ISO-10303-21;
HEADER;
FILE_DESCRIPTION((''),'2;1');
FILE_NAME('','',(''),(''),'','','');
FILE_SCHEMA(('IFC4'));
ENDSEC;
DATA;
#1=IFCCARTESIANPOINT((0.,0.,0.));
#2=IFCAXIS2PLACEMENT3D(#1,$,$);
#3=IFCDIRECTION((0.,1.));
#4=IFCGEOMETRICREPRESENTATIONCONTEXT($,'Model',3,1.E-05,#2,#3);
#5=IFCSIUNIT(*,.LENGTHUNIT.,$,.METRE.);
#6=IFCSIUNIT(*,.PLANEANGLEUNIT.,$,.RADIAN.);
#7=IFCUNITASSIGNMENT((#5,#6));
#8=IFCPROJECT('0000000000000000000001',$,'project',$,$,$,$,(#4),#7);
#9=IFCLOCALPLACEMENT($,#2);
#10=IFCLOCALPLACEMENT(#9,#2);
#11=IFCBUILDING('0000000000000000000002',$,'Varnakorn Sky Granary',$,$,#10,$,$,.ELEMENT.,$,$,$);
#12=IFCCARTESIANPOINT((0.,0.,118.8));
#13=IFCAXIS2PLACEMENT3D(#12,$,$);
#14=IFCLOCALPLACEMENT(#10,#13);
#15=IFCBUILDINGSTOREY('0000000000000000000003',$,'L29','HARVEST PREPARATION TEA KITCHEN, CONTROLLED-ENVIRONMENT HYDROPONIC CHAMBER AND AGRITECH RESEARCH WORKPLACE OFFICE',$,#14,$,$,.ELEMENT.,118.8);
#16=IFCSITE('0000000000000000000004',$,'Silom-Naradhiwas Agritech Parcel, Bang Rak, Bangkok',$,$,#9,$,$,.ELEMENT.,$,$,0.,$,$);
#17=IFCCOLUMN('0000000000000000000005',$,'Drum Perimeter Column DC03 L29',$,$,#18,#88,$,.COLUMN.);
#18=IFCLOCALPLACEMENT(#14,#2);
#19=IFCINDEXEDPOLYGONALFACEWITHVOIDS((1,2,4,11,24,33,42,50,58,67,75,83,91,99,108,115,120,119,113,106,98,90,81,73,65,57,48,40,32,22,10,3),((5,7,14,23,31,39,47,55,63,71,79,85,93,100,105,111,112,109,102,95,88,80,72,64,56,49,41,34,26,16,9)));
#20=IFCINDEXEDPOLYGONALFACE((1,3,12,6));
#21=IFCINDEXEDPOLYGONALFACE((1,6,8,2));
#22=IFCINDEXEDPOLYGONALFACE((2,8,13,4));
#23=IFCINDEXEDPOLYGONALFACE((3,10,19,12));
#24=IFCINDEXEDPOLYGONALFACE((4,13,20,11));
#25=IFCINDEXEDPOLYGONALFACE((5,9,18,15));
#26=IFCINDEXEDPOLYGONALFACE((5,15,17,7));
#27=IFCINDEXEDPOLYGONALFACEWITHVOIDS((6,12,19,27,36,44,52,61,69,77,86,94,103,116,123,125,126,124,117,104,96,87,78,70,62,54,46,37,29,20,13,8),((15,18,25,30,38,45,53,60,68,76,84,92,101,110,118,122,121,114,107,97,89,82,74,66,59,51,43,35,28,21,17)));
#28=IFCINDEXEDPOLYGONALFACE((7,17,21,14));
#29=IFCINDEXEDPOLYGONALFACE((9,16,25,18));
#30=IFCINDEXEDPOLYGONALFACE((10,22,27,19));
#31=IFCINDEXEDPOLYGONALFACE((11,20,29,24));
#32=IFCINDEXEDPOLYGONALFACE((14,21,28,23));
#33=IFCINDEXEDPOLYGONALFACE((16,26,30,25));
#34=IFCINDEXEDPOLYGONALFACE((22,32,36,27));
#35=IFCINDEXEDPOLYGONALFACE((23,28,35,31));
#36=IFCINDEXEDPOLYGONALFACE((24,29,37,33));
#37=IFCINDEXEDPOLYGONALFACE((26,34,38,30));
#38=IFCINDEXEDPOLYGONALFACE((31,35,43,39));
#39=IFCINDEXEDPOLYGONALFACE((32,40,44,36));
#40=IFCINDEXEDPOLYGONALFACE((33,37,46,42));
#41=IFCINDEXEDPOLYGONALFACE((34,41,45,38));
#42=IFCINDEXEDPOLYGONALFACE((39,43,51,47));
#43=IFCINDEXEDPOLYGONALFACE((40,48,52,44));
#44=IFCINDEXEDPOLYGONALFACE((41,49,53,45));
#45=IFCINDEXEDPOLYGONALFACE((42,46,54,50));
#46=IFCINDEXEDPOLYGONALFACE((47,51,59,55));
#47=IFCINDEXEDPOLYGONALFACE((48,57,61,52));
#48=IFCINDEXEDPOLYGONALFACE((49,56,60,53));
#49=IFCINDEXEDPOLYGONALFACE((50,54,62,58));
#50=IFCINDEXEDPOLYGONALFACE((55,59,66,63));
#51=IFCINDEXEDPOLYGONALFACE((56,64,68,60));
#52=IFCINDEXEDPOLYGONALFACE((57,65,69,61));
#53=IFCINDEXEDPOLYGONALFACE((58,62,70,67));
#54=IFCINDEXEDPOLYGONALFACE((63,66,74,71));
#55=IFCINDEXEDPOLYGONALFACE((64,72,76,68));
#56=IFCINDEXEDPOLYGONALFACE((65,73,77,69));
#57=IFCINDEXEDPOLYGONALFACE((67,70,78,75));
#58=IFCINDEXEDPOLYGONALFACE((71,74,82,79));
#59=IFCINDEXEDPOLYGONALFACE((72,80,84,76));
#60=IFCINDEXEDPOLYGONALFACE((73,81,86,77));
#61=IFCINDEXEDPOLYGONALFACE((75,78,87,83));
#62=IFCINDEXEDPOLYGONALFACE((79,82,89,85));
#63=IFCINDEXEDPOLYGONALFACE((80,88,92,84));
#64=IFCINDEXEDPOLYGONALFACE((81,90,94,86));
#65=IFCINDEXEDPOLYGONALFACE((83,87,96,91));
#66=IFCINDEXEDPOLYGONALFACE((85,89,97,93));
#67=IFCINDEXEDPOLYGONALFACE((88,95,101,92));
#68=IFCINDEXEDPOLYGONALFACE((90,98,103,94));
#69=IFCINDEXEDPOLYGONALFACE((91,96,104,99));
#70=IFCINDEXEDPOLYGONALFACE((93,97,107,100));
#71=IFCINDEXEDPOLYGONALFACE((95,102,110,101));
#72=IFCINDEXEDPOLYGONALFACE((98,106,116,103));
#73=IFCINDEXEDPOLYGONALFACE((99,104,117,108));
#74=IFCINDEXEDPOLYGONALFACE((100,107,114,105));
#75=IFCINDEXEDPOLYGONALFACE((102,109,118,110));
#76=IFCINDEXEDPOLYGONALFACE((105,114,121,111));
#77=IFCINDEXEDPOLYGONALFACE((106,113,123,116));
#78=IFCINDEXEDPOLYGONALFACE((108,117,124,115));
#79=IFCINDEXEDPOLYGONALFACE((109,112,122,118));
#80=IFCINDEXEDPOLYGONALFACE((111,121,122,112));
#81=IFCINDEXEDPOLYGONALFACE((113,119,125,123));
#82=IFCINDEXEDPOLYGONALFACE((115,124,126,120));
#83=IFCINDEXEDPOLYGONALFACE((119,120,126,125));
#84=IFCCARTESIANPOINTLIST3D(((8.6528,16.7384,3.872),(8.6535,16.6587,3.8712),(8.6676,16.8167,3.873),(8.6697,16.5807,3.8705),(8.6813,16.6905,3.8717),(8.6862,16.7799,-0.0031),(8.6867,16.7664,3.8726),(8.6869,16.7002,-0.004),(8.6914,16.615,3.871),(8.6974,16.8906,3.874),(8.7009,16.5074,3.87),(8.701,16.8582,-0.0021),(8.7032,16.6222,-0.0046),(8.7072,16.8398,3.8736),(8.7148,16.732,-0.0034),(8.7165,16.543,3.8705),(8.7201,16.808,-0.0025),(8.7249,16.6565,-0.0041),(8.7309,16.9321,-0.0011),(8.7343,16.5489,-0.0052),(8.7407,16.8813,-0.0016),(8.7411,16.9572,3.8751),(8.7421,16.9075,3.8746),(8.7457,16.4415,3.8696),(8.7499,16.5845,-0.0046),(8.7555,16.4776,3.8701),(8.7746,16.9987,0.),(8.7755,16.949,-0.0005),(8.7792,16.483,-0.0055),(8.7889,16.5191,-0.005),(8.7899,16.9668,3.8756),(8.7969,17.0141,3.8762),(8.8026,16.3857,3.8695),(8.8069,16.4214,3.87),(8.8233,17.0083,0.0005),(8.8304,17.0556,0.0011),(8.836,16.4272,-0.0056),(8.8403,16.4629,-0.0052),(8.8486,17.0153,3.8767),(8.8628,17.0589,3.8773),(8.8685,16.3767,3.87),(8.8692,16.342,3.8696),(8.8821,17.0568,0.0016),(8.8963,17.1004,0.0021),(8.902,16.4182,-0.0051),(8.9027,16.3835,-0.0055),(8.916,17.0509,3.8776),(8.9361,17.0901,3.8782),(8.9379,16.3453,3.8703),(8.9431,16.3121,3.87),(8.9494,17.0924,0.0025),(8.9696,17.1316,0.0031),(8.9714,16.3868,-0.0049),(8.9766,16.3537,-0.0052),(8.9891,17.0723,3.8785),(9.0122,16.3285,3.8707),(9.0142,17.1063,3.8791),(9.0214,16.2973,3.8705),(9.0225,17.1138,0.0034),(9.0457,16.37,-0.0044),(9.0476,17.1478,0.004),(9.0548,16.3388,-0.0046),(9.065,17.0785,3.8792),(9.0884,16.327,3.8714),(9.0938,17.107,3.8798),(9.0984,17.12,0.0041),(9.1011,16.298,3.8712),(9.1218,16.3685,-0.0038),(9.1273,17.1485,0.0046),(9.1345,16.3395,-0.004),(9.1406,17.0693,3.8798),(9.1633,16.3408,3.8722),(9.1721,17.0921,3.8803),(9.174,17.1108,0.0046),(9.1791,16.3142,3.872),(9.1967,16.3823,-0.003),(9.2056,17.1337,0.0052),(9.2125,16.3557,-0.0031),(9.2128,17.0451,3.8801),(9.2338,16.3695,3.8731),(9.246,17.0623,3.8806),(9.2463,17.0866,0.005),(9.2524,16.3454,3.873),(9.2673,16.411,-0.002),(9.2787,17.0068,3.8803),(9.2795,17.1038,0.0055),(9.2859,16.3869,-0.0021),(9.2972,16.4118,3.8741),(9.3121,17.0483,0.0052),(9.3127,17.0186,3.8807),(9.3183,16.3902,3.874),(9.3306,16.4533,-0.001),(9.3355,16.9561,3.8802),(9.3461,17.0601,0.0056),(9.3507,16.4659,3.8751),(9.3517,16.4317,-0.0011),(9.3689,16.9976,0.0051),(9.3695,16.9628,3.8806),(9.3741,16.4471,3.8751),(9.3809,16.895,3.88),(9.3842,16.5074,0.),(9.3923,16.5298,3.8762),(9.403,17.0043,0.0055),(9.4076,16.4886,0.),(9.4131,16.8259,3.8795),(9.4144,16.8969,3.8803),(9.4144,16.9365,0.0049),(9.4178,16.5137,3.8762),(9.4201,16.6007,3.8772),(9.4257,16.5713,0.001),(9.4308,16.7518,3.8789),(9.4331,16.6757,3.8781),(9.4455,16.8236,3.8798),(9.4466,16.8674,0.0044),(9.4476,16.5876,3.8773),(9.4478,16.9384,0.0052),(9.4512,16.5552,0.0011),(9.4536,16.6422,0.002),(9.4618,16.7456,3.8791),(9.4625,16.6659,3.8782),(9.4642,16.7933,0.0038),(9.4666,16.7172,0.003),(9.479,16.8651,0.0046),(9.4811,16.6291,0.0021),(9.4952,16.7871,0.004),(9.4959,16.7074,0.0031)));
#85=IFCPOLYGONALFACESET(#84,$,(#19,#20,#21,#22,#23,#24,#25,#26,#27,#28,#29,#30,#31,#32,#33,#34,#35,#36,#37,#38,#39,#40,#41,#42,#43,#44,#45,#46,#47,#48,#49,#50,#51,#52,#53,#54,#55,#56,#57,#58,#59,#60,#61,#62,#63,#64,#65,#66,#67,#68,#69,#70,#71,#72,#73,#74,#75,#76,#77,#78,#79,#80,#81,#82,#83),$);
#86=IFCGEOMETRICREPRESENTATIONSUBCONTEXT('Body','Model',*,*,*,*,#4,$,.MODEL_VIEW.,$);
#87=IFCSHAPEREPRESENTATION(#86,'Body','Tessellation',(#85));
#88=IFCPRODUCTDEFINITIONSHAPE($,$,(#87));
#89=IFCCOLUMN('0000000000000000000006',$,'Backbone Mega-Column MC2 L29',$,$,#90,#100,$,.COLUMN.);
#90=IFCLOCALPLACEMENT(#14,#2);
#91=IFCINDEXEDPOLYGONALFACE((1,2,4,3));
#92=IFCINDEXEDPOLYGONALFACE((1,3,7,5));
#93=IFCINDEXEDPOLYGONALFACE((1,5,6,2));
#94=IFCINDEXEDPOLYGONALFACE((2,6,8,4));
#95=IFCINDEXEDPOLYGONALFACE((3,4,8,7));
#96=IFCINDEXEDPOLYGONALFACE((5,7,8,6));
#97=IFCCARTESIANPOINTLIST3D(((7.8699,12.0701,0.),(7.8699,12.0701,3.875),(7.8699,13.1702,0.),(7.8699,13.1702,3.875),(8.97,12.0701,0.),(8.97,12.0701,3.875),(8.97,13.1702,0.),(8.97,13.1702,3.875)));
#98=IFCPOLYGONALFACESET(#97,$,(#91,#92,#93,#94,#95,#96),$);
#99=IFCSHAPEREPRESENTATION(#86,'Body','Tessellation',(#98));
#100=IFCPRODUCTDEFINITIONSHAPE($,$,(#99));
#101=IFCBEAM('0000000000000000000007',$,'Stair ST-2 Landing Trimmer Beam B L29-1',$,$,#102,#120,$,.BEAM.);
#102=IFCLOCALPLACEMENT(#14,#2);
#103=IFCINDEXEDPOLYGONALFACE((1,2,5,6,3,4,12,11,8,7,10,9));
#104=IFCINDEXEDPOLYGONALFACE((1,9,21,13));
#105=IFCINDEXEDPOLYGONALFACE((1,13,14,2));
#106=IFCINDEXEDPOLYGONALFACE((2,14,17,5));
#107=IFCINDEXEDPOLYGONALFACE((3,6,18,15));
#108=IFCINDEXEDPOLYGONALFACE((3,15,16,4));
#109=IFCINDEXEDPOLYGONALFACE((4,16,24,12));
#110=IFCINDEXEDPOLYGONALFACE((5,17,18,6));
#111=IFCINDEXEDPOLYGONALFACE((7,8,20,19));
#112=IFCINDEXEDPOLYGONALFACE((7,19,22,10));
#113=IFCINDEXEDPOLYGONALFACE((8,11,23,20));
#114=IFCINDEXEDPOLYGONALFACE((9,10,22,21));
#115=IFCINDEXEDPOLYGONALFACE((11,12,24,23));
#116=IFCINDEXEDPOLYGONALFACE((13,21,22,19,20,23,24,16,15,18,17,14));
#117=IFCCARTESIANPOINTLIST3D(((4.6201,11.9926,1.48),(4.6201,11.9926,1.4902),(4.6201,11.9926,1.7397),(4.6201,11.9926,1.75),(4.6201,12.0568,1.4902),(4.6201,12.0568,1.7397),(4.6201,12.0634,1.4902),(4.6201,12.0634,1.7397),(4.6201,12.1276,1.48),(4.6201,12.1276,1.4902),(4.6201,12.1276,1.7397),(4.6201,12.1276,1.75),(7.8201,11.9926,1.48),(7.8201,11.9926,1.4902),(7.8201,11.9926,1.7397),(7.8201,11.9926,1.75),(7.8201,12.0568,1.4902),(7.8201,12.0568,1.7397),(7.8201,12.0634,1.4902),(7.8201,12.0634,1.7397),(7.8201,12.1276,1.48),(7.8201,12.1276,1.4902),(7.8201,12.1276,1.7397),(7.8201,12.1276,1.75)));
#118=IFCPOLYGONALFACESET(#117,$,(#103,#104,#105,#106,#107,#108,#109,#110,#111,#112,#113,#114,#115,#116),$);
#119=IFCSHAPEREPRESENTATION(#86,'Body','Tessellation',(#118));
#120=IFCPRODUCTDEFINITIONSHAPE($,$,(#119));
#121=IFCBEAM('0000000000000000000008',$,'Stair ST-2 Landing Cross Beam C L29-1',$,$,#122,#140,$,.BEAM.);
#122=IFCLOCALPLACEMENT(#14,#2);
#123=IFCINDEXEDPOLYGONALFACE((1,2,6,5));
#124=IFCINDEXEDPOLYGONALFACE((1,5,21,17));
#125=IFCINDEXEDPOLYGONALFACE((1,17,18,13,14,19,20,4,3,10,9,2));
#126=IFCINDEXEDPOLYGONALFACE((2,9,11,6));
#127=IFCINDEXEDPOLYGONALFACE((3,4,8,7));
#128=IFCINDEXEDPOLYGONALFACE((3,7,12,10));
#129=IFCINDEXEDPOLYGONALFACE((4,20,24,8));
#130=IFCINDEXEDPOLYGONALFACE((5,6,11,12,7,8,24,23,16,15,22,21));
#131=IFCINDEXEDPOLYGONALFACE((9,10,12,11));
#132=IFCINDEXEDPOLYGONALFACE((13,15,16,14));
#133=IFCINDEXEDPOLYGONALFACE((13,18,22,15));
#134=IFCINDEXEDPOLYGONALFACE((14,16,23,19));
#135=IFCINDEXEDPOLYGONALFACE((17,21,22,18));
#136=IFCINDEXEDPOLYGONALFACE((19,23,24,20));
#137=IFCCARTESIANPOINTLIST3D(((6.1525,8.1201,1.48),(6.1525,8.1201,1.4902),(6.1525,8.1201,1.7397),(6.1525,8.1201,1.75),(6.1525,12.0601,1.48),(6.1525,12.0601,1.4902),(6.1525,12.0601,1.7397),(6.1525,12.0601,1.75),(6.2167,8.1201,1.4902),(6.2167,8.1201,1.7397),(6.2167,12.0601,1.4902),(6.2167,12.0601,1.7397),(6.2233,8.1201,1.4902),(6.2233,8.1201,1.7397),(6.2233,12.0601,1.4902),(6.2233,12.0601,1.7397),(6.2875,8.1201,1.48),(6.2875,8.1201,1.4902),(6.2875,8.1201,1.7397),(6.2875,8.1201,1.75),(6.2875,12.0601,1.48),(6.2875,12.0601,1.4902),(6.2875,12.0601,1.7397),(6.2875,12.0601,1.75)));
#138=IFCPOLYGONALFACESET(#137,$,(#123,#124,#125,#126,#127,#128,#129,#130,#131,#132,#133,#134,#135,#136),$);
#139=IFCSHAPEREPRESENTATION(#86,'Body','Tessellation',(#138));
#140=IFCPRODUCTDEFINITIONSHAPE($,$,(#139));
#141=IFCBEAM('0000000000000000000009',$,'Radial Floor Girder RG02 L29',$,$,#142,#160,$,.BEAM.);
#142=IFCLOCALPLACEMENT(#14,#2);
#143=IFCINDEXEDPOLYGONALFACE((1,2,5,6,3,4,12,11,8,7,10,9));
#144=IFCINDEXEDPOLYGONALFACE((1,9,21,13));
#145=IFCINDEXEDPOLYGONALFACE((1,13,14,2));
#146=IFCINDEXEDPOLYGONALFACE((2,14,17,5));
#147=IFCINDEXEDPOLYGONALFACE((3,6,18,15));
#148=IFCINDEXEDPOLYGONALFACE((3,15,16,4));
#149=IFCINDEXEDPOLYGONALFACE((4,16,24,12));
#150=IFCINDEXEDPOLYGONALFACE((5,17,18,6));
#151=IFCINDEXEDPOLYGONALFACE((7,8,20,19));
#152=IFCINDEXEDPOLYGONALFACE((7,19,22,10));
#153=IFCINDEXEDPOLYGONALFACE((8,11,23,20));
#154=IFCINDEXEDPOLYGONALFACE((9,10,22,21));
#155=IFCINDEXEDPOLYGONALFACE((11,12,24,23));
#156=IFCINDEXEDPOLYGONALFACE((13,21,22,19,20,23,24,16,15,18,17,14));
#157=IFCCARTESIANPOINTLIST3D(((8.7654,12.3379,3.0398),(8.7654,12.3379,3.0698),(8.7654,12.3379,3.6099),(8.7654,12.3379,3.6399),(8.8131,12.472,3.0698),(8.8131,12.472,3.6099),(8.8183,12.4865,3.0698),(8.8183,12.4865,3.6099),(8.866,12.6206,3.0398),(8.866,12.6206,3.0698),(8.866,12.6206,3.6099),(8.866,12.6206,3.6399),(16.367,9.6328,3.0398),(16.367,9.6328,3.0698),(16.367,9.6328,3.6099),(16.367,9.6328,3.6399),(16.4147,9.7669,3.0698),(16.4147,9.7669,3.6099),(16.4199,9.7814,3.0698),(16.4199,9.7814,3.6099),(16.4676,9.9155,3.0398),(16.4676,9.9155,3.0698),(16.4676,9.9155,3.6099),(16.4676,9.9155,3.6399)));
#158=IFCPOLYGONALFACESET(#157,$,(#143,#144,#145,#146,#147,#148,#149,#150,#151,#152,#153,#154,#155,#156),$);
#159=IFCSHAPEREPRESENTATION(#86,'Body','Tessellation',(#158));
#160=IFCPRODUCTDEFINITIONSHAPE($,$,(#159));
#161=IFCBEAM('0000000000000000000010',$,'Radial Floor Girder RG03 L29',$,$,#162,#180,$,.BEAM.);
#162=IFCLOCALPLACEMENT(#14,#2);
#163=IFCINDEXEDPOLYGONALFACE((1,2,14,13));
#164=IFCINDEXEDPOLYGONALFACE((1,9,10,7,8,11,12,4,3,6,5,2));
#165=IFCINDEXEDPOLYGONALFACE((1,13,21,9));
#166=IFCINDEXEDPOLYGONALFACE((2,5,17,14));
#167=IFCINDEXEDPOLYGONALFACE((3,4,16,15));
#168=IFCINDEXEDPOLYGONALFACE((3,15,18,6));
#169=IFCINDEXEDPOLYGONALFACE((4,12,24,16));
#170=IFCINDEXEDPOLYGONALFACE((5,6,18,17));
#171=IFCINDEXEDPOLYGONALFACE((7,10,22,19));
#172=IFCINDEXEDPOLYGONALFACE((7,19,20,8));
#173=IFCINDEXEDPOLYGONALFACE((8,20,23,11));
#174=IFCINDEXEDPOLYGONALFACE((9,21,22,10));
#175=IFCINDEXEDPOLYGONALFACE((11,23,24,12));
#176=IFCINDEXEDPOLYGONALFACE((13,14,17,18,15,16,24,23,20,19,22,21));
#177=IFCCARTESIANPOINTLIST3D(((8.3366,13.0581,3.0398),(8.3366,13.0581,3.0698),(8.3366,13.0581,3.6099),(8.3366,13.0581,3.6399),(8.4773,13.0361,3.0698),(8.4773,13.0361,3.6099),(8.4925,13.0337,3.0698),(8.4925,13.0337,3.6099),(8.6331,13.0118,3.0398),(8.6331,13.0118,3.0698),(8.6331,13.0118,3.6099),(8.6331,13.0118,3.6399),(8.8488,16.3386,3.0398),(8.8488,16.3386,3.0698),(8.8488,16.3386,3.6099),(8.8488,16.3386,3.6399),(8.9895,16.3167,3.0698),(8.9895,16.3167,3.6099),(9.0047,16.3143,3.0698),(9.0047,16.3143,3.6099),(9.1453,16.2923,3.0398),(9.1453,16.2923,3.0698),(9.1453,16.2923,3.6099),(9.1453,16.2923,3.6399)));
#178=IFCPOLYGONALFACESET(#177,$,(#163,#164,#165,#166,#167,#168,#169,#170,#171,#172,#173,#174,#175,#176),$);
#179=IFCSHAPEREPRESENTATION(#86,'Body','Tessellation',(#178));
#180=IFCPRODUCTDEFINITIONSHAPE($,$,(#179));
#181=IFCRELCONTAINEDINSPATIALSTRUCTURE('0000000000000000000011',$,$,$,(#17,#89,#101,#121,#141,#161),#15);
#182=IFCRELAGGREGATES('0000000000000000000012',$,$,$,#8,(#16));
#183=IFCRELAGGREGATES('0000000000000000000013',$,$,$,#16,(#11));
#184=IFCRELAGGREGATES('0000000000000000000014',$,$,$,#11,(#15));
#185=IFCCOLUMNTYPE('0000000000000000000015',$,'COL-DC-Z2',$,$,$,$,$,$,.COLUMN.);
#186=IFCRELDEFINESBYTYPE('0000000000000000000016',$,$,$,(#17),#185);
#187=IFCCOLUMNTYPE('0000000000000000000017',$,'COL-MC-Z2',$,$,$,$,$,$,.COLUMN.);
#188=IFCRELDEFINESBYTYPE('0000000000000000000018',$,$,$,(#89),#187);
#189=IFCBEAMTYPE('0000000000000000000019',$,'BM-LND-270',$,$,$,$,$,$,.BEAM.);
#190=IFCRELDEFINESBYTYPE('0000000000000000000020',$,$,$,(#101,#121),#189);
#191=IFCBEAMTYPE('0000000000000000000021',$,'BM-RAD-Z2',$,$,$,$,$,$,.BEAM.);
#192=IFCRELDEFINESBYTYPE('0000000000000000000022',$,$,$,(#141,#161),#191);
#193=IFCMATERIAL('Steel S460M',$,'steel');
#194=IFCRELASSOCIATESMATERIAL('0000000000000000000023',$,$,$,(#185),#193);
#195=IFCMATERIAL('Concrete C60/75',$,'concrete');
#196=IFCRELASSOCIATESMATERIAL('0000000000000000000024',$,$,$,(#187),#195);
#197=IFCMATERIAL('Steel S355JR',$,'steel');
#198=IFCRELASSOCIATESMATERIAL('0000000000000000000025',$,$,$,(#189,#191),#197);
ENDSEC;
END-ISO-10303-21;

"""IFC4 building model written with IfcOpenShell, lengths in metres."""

from ifc_helpers import new_model, si_unit, direction, frame, origin, origin_2d, place, context, subcontext, project, spatial, rectangle, hollow_circle, i_section, extrude, material, material_profile, profile_set, type_object, element, save


model = new_model("IFC4")

# Units and contexts
model_context = context("Model", 3, precision=1e-05, world=origin(), true_north=direction((0.0, 1.0)))
body_context = subcontext(model_context, "Body", "Model", "MODEL_VIEW")
ifc_project = project(units=[si_unit("LENGTHUNIT", "METRE"), si_unit("PLANEANGLEUNIT", "RADIAN")], contexts=[model_context])

# Site, building, storey
site_placement = place(None, origin())
site = spatial("IfcSite", under=ifc_project, at=site_placement, Name="Silom-Naradhiwas Agritech Parcel, Bang Rak, Bangkok", CompositionType="ELEMENT", RefElevation=0.0)
building_placement = place(site_placement, origin())
building = spatial("IfcBuilding", under=site, at=building_placement, Name="Varnakorn Sky Granary", CompositionType="ELEMENT")
storey_placement = place(building_placement, frame((0.0, 0.0, 118.8)))
storey = spatial("IfcBuildingStorey", under=building, at=storey_placement, Name="L29", Description="HARVEST PREPARATION TEA KITCHEN, CONTROLLED-ENVIRONMENT HYDROPONIC CHAMBER AND AGRITECH RESEARCH WORKPLACE OFFICE", CompositionType="ELEMENT", Elevation=118.8)

# Columns
ifc_material_1 = material(Name="Steel S460M", Category="steel")
ifc_material_profile_1 = material_profile(ifc_material_1, hollow_circle(Radius=0.4065, WallThickness=0.03, at=origin_2d()), Name="CHS 813x30")
ifc_profile_set_1 = profile_set([ifc_material_profile_1], Name="Steel S460M")
column_type_1 = type_object("IfcColumnType", Name="COL-DC-Z2", PredefinedType="COLUMN", material=ifc_profile_set_1)
column_1_placement = place(storey_placement, frame((9.0911, 16.7437, 0.0), z_axis=(-0.008631, -0.01071, 0.999905), x_axis=(0.77863, -0.627484, 0.0)))
element("IfcColumn", 1, at=column_1_placement, inside=storey, type_object=column_type_1, Name="Drum Perimeter Column DC03 L29", PredefinedType="COLUMN", context=body_context, shape_type="SweptSolid", body=[
    extrude(hollow_circle(Radius=0.4065, WallThickness=0.03, at=origin_2d()), origin(), (0.0, 0.0, 1.0), 3.8755),
])
ifc_material_2 = material(Name="Concrete C60/75", Category="concrete")
ifc_material_profile_2 = material_profile(ifc_material_2, rectangle(XDim=1.1001, YDim=1.1001, at=origin_2d()), Name="RC 1100x1100")
ifc_profile_set_2 = profile_set([ifc_material_profile_2], Name="Concrete C60/75")
column_type_2 = type_object("IfcColumnType", Name="COL-MC-Z2", PredefinedType="COLUMN", material=ifc_profile_set_2)
column_2_placement = place(storey_placement, frame((8.4199, 12.6201, 0.0), z_axis=(0.0, 0.0, 1.0), x_axis=(1.0, 0.0, 0.0)))
element("IfcColumn", 2, at=column_2_placement, inside=storey, type_object=column_type_2, Name="Backbone Mega-Column MC2 L29", PredefinedType="COLUMN", context=body_context, shape_type="SweptSolid", body=[
    extrude(rectangle(XDim=1.1001, YDim=1.1001, at=origin_2d()), origin(), (0.0, 0.0, 1.0), 3.875),
])

# Beams
ifc_material_3 = material(Name="Steel S355JR", Category="steel")
ifc_material_profile_3 = material_profile(ifc_material_3, i_section(OverallWidth=0.135, OverallDepth=0.27, WebThickness=0.0066, FlangeThickness=0.0103, at=origin_2d()), Name="IPE 270")
ifc_profile_set_3 = profile_set([ifc_material_profile_3], Name="Steel S355JR")
beam_type_1 = type_object("IfcBeamType", Name="BM-LND-270", PredefinedType="BEAM", material=ifc_profile_set_3)
beam_1_placement = place(storey_placement, frame((4.6201, 12.0601, 1.615), z_axis=(1.0, 0.0, 0.0), x_axis=(0.0, 1.0, 0.0)))
element("IfcBeam", 3, at=beam_1_placement, inside=storey, type_object=beam_type_1, Name="Stair ST-2 Landing Trimmer Beam B L29-1", PredefinedType="BEAM", context=body_context, shape_type="SweptSolid", body=[
    extrude(i_section(OverallWidth=0.135, OverallDepth=0.27, WebThickness=0.0066, FlangeThickness=0.0103, at=origin_2d()), origin(), (0.0, 0.0, 1.0), 3.2),
])
beam_2_placement = place(storey_placement, frame((6.22, 8.1201, 1.615), z_axis=(0.0, 1.0, 0.0), x_axis=(-1.0, 0.0, 0.0)))
element("IfcBeam", 4, at=beam_2_placement, inside=storey, type_object=beam_type_1, Name="Stair ST-2 Landing Cross Beam C L29-1", PredefinedType="BEAM", context=body_context, shape_type="SweptSolid", body=[
    extrude(i_section(OverallWidth=0.135, OverallDepth=0.27, WebThickness=0.0066, FlangeThickness=0.0103, at=origin_2d()), origin(), (0.0, 0.0, 1.0), 3.9399),
])
ifc_material_profile_4 = material_profile(ifc_material_3, i_section(OverallWidth=0.3, OverallDepth=0.6001, WebThickness=0.0154, FlangeThickness=0.03, at=origin_2d()), Name="HE 600 B")
ifc_profile_set_4 = profile_set([ifc_material_profile_4], Name="Steel S355JR")
beam_type_2 = type_object("IfcBeamType", Name="BM-RAD-Z2", PredefinedType="BEAM", material=ifc_profile_set_4)
beam_3_placement = place(storey_placement, frame((8.8157, 12.4792, 3.3398), z_axis=(0.942125, -0.335263, 0.0), x_axis=(0.335263, 0.942125, 0.0)))
element("IfcBeam", 5, at=beam_3_placement, inside=storey, type_object=beam_type_2, Name="Radial Floor Girder RG02 L29", PredefinedType="BEAM", context=body_context, shape_type="SweptSolid", body=[
    extrude(i_section(OverallWidth=0.3, OverallDepth=0.6001, WebThickness=0.0154, FlangeThickness=0.03, at=origin_2d()), origin(), (0.0, 0.0, 1.0), 8.0686),
])
beam_4_placement = place(storey_placement, frame((8.4849, 13.0349, 3.3398), z_axis=(0.154267, 0.988029, 0.0), x_axis=(-0.988029, 0.154267, 0.0)))
element("IfcBeam", 6, at=beam_4_placement, inside=storey, type_object=beam_type_2, Name="Radial Floor Girder RG03 L29", PredefinedType="BEAM", context=body_context, shape_type="SweptSolid", body=[
    extrude(i_section(OverallWidth=0.3, OverallDepth=0.6001, WebThickness=0.0154, FlangeThickness=0.03, at=origin_2d()), origin(), (0.0, 0.0, 1.0), 3.3203),
])

save(model, "model.ifc")
